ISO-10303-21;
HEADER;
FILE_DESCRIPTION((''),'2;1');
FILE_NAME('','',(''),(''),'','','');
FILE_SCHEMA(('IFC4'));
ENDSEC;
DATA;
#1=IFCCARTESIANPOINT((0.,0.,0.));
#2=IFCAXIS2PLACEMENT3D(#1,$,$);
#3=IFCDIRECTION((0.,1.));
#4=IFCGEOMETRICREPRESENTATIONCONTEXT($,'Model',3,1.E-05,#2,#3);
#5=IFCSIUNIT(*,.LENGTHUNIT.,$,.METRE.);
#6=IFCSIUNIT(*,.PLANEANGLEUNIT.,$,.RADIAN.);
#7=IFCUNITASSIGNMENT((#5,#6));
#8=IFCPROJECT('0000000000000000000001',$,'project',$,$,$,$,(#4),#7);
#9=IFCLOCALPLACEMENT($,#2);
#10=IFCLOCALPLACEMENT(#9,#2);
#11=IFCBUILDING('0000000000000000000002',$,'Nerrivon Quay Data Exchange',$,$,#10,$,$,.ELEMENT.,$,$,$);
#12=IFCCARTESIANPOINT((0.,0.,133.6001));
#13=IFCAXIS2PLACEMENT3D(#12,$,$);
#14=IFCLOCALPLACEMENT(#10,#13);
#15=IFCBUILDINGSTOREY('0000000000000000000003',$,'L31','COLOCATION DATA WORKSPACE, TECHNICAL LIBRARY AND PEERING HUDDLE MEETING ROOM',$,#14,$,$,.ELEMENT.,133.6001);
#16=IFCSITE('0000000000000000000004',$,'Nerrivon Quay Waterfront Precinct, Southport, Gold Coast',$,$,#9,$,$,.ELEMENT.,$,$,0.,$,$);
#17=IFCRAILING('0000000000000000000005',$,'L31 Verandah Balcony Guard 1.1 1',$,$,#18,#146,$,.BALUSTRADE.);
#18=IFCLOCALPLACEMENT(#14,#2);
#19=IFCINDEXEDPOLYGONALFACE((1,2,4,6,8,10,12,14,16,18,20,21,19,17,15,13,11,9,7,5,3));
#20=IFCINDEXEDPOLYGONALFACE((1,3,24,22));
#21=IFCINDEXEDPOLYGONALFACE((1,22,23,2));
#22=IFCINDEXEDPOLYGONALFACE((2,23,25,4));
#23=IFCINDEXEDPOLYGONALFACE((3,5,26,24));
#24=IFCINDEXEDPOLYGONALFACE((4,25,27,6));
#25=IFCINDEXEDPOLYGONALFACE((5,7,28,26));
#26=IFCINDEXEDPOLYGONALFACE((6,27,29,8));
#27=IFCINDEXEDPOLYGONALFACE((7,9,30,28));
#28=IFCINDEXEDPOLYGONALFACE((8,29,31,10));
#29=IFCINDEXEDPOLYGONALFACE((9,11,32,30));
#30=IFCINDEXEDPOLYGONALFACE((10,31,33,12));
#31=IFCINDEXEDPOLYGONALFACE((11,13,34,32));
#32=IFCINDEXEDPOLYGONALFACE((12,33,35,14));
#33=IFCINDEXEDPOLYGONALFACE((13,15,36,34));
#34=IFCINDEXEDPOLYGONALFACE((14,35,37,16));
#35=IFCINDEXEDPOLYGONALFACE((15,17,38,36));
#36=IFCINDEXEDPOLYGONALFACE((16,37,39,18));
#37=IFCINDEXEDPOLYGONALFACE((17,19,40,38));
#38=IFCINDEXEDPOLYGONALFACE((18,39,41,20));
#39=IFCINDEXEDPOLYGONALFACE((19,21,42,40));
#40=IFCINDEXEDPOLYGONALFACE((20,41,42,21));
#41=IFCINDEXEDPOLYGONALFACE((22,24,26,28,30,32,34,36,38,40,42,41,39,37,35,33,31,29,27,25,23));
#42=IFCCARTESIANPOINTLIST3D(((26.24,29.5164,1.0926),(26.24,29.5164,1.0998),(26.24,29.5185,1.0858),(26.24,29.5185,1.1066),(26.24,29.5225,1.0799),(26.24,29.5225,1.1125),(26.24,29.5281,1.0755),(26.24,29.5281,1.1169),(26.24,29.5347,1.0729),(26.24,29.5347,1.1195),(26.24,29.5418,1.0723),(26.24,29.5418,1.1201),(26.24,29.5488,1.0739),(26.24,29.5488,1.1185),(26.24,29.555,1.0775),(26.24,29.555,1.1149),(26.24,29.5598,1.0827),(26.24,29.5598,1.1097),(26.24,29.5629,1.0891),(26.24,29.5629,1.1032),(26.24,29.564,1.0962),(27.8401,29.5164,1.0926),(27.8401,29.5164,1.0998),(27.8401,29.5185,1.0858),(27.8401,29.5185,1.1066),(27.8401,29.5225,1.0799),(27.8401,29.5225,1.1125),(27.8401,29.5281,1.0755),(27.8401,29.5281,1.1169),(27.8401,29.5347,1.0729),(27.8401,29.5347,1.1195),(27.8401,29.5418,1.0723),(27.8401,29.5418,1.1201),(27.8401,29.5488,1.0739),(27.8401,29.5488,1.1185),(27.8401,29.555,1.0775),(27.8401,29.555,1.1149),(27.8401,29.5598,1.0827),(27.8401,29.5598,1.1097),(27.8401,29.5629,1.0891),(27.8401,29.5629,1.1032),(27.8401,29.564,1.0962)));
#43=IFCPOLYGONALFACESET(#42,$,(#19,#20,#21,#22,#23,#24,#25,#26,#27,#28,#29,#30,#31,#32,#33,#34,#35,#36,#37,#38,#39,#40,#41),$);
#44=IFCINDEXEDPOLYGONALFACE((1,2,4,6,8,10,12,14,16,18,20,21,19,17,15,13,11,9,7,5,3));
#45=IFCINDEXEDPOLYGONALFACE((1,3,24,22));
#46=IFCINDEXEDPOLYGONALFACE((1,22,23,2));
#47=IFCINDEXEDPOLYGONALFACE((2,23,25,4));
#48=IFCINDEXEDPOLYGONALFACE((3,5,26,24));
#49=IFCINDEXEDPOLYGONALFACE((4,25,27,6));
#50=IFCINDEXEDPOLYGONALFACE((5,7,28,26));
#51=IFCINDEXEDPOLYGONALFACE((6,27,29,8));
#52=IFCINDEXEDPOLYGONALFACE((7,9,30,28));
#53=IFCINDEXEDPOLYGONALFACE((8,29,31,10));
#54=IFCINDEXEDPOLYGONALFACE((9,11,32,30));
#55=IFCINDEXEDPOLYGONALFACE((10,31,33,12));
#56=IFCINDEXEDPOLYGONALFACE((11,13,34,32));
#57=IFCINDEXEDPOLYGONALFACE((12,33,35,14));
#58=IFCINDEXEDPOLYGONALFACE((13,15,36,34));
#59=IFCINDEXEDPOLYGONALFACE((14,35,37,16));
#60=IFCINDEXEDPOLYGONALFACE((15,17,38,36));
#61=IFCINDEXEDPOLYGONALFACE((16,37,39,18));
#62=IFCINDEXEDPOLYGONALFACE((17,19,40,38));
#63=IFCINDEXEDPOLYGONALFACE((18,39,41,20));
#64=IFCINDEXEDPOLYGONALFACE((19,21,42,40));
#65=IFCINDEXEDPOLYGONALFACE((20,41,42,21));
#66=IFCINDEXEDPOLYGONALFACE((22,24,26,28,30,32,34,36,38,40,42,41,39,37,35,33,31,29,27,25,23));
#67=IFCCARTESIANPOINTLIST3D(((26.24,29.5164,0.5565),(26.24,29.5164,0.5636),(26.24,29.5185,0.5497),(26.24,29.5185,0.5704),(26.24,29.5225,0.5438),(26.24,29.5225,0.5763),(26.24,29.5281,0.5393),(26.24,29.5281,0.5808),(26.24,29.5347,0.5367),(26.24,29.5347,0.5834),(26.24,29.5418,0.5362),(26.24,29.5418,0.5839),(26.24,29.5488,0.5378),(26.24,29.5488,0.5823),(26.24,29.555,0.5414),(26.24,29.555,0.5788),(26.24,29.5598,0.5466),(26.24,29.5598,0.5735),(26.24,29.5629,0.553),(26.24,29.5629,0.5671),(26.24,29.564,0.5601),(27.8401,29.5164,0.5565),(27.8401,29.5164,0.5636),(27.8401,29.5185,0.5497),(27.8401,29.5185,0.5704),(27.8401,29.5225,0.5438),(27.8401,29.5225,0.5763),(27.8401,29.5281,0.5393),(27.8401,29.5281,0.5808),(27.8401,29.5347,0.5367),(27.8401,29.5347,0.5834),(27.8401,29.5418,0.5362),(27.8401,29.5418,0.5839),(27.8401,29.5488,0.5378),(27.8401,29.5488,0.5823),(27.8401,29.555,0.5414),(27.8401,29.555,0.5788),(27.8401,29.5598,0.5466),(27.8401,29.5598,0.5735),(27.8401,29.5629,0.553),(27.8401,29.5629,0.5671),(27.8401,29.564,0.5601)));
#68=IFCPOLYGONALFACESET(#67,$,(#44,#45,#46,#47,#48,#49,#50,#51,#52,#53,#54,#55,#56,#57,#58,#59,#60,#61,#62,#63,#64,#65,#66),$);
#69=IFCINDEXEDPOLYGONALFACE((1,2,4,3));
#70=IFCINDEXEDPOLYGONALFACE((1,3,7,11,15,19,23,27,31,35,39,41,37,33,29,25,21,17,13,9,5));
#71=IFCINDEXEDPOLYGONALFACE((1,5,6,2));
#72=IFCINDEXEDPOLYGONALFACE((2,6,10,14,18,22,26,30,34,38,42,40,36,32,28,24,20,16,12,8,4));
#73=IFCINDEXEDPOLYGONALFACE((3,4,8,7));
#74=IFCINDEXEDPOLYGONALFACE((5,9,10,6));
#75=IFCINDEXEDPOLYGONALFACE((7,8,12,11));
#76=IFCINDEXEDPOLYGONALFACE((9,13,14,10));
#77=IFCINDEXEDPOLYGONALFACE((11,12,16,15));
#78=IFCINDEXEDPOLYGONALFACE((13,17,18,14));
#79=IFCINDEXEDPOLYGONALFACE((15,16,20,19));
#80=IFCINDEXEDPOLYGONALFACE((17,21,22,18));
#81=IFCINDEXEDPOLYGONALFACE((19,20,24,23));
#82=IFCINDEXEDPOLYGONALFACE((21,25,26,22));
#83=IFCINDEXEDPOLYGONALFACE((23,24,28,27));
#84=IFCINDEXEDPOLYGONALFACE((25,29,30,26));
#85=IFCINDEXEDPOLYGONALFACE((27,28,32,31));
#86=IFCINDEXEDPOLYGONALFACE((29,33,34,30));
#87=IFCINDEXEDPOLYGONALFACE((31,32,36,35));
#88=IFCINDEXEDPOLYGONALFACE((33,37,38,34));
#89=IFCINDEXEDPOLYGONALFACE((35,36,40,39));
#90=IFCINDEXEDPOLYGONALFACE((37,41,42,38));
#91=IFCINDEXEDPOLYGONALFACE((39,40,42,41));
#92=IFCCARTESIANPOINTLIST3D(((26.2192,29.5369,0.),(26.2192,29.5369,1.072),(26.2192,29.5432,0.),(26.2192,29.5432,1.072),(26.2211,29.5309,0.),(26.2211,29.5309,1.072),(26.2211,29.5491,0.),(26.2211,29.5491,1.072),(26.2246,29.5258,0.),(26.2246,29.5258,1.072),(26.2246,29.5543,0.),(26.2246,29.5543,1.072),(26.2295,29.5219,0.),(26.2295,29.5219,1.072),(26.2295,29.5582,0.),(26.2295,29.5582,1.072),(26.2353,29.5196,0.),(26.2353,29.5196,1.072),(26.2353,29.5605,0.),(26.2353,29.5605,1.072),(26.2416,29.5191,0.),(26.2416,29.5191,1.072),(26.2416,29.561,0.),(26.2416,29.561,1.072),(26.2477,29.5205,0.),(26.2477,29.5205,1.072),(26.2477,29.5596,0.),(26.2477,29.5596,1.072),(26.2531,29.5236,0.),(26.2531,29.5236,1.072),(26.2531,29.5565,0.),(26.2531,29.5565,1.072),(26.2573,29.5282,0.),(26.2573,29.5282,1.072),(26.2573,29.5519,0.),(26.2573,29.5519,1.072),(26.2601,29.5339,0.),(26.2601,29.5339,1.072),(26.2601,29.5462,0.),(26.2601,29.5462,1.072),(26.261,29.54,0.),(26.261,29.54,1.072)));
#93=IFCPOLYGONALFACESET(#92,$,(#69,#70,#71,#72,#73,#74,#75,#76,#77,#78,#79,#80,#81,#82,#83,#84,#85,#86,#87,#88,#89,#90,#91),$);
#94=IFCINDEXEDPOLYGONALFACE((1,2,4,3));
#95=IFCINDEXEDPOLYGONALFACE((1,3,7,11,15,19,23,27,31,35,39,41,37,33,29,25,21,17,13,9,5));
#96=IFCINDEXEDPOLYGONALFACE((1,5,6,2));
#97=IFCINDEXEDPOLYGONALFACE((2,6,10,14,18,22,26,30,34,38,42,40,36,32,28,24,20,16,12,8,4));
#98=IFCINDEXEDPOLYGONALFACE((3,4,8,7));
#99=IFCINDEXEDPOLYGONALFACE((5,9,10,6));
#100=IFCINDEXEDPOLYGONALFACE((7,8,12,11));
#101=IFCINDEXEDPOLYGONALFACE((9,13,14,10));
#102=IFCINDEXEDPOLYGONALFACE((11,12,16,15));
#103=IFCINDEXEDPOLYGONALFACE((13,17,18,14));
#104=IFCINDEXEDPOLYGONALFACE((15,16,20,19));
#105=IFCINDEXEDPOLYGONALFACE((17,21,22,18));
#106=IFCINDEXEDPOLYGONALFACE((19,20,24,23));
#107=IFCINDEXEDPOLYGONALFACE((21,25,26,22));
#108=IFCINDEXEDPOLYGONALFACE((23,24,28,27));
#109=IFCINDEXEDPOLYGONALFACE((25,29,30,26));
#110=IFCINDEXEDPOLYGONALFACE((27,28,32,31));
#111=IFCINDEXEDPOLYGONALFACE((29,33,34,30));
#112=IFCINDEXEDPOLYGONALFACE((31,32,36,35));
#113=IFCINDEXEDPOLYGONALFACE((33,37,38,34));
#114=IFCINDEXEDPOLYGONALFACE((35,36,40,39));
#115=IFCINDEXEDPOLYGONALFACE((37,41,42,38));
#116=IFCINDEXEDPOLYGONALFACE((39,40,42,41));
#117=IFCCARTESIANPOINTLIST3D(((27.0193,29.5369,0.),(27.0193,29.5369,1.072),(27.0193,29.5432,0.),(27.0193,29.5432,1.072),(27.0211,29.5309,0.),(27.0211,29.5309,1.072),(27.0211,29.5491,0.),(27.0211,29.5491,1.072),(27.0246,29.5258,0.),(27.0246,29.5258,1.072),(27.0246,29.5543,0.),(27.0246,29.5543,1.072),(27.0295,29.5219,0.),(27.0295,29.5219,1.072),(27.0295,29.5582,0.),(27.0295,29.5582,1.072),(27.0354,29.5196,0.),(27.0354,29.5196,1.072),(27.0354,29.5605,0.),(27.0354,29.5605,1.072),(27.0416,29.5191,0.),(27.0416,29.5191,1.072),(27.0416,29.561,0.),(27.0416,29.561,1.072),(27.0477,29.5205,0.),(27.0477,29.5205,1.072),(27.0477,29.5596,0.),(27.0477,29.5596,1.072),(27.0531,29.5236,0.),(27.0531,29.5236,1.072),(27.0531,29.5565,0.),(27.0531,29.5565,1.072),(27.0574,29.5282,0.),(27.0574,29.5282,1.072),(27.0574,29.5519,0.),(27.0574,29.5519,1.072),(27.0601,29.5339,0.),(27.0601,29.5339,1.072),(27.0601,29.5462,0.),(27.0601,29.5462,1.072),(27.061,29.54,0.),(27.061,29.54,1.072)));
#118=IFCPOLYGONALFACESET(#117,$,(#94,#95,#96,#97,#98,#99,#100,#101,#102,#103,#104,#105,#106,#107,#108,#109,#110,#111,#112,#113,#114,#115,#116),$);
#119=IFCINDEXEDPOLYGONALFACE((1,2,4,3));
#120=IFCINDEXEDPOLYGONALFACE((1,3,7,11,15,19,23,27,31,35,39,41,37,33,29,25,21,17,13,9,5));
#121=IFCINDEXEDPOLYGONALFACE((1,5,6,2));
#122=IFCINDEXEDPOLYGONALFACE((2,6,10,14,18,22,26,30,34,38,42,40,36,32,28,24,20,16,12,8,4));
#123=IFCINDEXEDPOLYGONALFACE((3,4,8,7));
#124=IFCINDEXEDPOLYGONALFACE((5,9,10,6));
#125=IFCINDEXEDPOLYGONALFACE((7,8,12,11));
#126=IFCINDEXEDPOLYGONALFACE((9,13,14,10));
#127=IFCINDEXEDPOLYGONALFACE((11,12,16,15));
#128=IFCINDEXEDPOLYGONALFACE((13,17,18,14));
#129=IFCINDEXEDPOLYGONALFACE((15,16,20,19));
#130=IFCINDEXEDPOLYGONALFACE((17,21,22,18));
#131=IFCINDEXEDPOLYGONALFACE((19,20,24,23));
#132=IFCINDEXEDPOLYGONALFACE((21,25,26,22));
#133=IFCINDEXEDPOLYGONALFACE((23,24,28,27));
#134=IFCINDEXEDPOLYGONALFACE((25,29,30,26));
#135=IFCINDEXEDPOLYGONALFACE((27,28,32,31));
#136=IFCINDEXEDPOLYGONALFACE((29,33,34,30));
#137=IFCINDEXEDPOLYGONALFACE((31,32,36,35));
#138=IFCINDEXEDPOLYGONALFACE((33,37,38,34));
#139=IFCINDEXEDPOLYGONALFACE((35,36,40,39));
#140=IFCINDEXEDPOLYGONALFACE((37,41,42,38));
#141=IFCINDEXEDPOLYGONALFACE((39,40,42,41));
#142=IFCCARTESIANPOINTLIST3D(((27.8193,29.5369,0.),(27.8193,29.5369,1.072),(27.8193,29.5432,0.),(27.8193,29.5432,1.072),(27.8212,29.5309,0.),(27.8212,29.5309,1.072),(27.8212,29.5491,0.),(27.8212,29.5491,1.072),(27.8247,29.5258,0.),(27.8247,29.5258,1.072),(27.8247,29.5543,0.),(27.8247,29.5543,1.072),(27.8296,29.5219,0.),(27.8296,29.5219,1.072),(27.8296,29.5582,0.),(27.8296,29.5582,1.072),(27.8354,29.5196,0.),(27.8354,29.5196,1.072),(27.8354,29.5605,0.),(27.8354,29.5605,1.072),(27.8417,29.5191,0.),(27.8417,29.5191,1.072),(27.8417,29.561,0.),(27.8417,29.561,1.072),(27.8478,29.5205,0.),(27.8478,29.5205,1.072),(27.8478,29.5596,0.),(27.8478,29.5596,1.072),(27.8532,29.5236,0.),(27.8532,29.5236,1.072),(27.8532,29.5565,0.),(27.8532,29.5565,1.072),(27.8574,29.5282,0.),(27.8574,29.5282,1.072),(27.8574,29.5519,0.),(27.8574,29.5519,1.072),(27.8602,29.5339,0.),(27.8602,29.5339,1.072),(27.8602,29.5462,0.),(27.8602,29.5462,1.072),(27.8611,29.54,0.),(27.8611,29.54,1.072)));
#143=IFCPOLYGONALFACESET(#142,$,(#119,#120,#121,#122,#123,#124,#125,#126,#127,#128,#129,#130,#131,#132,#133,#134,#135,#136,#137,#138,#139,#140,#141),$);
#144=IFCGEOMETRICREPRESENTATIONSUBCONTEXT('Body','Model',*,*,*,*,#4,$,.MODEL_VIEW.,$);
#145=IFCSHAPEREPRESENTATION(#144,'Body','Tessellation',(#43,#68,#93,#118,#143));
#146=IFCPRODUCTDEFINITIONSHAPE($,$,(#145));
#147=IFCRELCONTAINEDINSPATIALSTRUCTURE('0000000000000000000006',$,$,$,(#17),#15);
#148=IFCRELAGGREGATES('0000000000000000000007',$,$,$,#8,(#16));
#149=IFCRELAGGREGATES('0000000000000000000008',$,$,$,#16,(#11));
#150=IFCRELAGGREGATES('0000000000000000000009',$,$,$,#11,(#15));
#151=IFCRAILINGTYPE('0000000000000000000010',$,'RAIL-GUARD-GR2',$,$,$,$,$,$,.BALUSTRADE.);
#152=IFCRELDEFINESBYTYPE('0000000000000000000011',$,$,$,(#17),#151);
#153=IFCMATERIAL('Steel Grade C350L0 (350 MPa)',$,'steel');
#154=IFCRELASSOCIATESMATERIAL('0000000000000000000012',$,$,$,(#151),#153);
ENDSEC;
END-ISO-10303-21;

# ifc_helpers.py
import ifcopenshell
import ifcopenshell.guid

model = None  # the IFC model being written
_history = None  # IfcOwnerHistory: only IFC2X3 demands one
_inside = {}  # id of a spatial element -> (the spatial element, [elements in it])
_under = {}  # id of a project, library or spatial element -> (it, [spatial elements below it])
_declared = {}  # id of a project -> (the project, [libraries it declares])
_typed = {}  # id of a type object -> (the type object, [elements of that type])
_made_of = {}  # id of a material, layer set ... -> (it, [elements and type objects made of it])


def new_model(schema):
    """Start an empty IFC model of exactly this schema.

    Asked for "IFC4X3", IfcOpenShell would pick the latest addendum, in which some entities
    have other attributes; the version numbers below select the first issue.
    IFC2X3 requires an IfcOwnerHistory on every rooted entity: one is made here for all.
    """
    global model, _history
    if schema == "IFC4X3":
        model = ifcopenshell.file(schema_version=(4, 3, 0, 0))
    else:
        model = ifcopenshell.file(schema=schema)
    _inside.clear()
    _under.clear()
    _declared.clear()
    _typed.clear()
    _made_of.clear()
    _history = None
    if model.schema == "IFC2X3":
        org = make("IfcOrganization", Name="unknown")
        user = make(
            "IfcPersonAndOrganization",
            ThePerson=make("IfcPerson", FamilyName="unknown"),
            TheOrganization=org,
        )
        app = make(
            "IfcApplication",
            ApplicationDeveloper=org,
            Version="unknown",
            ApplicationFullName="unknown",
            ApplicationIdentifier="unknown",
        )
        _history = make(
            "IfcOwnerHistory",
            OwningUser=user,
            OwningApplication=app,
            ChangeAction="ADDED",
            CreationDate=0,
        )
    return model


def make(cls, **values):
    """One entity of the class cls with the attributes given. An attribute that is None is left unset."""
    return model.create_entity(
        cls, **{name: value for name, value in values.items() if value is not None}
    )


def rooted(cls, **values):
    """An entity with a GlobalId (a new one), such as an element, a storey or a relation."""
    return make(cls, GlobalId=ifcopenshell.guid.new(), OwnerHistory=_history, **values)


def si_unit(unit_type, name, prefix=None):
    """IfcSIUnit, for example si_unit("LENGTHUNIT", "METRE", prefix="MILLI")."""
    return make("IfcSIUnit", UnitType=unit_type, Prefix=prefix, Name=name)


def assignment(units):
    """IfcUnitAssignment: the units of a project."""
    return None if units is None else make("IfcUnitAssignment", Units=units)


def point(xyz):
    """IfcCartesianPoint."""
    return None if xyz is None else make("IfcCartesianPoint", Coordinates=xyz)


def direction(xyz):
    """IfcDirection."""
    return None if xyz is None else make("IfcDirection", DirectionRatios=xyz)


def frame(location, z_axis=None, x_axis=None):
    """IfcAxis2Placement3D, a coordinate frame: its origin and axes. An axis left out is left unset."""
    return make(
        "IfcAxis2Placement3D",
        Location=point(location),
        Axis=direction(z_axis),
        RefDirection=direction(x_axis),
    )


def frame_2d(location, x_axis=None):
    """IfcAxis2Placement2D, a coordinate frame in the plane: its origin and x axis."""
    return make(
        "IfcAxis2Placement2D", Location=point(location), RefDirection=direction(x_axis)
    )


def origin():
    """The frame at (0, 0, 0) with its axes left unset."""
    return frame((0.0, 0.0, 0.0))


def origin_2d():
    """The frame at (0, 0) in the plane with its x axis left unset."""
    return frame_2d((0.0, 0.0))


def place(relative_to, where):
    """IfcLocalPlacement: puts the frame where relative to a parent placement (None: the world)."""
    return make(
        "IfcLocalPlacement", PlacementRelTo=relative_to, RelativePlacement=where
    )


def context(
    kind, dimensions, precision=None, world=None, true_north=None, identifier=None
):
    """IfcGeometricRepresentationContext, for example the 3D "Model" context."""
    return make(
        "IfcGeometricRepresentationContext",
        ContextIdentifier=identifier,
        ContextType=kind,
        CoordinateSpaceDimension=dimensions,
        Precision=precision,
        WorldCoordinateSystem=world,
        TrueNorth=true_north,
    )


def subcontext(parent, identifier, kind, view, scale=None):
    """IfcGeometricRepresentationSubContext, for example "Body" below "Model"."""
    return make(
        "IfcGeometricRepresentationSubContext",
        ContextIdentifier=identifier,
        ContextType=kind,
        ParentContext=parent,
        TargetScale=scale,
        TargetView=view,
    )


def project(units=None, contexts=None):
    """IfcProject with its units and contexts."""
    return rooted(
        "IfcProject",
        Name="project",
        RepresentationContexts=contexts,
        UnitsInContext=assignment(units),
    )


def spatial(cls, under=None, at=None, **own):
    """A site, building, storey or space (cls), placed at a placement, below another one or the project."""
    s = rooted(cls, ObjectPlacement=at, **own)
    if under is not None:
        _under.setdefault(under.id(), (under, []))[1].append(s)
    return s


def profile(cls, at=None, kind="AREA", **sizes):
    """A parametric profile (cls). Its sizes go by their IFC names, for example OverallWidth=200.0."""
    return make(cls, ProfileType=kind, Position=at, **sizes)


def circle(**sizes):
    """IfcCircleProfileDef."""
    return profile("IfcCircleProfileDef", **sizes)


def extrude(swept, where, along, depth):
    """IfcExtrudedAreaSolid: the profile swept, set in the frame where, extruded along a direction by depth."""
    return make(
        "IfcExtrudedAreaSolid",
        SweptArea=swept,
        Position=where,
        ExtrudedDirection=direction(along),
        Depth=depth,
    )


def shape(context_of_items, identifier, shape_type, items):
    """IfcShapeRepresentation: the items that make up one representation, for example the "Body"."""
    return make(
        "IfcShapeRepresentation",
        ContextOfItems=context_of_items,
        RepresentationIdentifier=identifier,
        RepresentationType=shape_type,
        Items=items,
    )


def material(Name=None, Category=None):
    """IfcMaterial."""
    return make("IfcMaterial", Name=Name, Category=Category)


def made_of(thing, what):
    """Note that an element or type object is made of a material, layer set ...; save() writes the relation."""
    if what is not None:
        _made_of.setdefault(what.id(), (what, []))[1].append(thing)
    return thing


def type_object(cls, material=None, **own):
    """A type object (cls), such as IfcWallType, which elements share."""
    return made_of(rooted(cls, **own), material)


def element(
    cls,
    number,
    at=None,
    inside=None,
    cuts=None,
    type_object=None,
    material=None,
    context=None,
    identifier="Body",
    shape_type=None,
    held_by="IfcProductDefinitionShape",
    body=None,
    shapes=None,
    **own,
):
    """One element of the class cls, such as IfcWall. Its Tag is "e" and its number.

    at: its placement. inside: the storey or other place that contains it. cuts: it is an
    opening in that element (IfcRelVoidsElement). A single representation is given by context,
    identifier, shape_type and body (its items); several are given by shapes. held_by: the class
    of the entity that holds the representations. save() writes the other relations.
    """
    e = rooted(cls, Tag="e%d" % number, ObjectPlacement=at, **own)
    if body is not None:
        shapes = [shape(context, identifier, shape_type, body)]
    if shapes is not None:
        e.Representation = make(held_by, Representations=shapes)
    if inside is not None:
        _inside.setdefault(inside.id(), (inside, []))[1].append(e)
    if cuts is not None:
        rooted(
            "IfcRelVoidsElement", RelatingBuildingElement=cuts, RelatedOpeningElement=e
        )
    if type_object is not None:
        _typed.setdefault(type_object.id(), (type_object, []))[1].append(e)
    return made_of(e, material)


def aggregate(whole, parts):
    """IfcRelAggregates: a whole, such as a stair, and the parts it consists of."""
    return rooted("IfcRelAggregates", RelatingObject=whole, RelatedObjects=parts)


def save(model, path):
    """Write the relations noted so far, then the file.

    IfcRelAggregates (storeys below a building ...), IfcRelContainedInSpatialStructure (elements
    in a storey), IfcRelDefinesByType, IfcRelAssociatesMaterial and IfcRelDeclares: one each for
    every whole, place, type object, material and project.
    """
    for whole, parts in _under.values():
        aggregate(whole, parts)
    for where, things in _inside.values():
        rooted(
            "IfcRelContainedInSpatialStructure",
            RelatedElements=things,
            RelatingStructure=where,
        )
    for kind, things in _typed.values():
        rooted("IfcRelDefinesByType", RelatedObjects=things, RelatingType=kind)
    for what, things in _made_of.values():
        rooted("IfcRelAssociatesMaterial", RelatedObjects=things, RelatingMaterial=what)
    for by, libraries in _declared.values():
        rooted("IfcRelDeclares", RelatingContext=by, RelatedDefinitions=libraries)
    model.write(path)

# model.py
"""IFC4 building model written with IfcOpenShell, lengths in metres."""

from ifc_helpers import new_model, si_unit, direction, frame, origin, origin_2d, place, context, subcontext, project, spatial, circle, extrude, material, type_object, element, save


model = new_model("IFC4")

# Units and contexts
model_context = context("Model", 3, precision=1e-05, world=origin(), true_north=direction((0.0, 1.0)))
body_context = subcontext(model_context, "Body", "Model", "MODEL_VIEW")
ifc_project = project(units=[si_unit("LENGTHUNIT", "METRE"), si_unit("PLANEANGLEUNIT", "RADIAN")], contexts=[model_context])

# Site, building, storey
site_placement = place(None, origin())
site = spatial("IfcSite", under=ifc_project, at=site_placement, Name="Nerrivon Quay Waterfront Precinct, Southport, Gold Coast", CompositionType="ELEMENT", RefElevation=0.0)
building_placement = place(site_placement, origin())
building = spatial("IfcBuilding", under=site, at=building_placement, Name="Nerrivon Quay Data Exchange", CompositionType="ELEMENT")
storey_placement = place(building_placement, frame((0.0, 0.0, 133.6001)))
storey = spatial("IfcBuildingStorey", under=building, at=storey_placement, Name="L31", Description="COLOCATION DATA WORKSPACE, TECHNICAL LIBRARY AND PEERING HUDDLE MEETING ROOM", CompositionType="ELEMENT", Elevation=133.6001)

# Railing
ifc_material_1 = material(Name="Steel Grade C350L0 (350 MPa)", Category="steel")
railing_type = type_object("IfcRailingType", Name="RAIL-GUARD-GR2", PredefinedType="BALUSTRADE", material=ifc_material_1)
railing_placement = place(storey_placement, frame((26.24, 29.54, 0.0)))
element("IfcRailing", 1, at=railing_placement, inside=storey, type_object=railing_type, Name="L31 Verandah Balcony Guard 1.1 1", PredefinedType="BALUSTRADE", context=body_context, shape_type="SweptSolid", body=[
    extrude(circle(Radius=0.0239, at=origin_2d()), frame((0.0, 0.0, 1.0962), z_axis=(1.0, 0.0, 0.0), x_axis=(0.0, 1.0, 0.0)), (0.0, 0.0, 1.0), 1.6001),
    extrude(circle(Radius=0.0239, at=origin_2d()), frame((0.0, 0.0, 0.5601), z_axis=(1.0, 0.0, 0.0), x_axis=(0.0, 1.0, 0.0)), (0.0, 0.0, 1.0), 1.6001),
    extrude(circle(Radius=0.021, at=origin_2d()), origin(), (0.0, 0.0, 1.0), 1.072),
    extrude(circle(Radius=0.021, at=origin_2d()), frame((0.8, 0.0, 0.0)), (0.0, 0.0, 1.0), 1.072),
    extrude(circle(Radius=0.021, at=origin_2d()), frame((1.6001, 0.0, 0.0)), (0.0, 0.0, 1.0), 1.072),
])

save(model, "model.ifc")
